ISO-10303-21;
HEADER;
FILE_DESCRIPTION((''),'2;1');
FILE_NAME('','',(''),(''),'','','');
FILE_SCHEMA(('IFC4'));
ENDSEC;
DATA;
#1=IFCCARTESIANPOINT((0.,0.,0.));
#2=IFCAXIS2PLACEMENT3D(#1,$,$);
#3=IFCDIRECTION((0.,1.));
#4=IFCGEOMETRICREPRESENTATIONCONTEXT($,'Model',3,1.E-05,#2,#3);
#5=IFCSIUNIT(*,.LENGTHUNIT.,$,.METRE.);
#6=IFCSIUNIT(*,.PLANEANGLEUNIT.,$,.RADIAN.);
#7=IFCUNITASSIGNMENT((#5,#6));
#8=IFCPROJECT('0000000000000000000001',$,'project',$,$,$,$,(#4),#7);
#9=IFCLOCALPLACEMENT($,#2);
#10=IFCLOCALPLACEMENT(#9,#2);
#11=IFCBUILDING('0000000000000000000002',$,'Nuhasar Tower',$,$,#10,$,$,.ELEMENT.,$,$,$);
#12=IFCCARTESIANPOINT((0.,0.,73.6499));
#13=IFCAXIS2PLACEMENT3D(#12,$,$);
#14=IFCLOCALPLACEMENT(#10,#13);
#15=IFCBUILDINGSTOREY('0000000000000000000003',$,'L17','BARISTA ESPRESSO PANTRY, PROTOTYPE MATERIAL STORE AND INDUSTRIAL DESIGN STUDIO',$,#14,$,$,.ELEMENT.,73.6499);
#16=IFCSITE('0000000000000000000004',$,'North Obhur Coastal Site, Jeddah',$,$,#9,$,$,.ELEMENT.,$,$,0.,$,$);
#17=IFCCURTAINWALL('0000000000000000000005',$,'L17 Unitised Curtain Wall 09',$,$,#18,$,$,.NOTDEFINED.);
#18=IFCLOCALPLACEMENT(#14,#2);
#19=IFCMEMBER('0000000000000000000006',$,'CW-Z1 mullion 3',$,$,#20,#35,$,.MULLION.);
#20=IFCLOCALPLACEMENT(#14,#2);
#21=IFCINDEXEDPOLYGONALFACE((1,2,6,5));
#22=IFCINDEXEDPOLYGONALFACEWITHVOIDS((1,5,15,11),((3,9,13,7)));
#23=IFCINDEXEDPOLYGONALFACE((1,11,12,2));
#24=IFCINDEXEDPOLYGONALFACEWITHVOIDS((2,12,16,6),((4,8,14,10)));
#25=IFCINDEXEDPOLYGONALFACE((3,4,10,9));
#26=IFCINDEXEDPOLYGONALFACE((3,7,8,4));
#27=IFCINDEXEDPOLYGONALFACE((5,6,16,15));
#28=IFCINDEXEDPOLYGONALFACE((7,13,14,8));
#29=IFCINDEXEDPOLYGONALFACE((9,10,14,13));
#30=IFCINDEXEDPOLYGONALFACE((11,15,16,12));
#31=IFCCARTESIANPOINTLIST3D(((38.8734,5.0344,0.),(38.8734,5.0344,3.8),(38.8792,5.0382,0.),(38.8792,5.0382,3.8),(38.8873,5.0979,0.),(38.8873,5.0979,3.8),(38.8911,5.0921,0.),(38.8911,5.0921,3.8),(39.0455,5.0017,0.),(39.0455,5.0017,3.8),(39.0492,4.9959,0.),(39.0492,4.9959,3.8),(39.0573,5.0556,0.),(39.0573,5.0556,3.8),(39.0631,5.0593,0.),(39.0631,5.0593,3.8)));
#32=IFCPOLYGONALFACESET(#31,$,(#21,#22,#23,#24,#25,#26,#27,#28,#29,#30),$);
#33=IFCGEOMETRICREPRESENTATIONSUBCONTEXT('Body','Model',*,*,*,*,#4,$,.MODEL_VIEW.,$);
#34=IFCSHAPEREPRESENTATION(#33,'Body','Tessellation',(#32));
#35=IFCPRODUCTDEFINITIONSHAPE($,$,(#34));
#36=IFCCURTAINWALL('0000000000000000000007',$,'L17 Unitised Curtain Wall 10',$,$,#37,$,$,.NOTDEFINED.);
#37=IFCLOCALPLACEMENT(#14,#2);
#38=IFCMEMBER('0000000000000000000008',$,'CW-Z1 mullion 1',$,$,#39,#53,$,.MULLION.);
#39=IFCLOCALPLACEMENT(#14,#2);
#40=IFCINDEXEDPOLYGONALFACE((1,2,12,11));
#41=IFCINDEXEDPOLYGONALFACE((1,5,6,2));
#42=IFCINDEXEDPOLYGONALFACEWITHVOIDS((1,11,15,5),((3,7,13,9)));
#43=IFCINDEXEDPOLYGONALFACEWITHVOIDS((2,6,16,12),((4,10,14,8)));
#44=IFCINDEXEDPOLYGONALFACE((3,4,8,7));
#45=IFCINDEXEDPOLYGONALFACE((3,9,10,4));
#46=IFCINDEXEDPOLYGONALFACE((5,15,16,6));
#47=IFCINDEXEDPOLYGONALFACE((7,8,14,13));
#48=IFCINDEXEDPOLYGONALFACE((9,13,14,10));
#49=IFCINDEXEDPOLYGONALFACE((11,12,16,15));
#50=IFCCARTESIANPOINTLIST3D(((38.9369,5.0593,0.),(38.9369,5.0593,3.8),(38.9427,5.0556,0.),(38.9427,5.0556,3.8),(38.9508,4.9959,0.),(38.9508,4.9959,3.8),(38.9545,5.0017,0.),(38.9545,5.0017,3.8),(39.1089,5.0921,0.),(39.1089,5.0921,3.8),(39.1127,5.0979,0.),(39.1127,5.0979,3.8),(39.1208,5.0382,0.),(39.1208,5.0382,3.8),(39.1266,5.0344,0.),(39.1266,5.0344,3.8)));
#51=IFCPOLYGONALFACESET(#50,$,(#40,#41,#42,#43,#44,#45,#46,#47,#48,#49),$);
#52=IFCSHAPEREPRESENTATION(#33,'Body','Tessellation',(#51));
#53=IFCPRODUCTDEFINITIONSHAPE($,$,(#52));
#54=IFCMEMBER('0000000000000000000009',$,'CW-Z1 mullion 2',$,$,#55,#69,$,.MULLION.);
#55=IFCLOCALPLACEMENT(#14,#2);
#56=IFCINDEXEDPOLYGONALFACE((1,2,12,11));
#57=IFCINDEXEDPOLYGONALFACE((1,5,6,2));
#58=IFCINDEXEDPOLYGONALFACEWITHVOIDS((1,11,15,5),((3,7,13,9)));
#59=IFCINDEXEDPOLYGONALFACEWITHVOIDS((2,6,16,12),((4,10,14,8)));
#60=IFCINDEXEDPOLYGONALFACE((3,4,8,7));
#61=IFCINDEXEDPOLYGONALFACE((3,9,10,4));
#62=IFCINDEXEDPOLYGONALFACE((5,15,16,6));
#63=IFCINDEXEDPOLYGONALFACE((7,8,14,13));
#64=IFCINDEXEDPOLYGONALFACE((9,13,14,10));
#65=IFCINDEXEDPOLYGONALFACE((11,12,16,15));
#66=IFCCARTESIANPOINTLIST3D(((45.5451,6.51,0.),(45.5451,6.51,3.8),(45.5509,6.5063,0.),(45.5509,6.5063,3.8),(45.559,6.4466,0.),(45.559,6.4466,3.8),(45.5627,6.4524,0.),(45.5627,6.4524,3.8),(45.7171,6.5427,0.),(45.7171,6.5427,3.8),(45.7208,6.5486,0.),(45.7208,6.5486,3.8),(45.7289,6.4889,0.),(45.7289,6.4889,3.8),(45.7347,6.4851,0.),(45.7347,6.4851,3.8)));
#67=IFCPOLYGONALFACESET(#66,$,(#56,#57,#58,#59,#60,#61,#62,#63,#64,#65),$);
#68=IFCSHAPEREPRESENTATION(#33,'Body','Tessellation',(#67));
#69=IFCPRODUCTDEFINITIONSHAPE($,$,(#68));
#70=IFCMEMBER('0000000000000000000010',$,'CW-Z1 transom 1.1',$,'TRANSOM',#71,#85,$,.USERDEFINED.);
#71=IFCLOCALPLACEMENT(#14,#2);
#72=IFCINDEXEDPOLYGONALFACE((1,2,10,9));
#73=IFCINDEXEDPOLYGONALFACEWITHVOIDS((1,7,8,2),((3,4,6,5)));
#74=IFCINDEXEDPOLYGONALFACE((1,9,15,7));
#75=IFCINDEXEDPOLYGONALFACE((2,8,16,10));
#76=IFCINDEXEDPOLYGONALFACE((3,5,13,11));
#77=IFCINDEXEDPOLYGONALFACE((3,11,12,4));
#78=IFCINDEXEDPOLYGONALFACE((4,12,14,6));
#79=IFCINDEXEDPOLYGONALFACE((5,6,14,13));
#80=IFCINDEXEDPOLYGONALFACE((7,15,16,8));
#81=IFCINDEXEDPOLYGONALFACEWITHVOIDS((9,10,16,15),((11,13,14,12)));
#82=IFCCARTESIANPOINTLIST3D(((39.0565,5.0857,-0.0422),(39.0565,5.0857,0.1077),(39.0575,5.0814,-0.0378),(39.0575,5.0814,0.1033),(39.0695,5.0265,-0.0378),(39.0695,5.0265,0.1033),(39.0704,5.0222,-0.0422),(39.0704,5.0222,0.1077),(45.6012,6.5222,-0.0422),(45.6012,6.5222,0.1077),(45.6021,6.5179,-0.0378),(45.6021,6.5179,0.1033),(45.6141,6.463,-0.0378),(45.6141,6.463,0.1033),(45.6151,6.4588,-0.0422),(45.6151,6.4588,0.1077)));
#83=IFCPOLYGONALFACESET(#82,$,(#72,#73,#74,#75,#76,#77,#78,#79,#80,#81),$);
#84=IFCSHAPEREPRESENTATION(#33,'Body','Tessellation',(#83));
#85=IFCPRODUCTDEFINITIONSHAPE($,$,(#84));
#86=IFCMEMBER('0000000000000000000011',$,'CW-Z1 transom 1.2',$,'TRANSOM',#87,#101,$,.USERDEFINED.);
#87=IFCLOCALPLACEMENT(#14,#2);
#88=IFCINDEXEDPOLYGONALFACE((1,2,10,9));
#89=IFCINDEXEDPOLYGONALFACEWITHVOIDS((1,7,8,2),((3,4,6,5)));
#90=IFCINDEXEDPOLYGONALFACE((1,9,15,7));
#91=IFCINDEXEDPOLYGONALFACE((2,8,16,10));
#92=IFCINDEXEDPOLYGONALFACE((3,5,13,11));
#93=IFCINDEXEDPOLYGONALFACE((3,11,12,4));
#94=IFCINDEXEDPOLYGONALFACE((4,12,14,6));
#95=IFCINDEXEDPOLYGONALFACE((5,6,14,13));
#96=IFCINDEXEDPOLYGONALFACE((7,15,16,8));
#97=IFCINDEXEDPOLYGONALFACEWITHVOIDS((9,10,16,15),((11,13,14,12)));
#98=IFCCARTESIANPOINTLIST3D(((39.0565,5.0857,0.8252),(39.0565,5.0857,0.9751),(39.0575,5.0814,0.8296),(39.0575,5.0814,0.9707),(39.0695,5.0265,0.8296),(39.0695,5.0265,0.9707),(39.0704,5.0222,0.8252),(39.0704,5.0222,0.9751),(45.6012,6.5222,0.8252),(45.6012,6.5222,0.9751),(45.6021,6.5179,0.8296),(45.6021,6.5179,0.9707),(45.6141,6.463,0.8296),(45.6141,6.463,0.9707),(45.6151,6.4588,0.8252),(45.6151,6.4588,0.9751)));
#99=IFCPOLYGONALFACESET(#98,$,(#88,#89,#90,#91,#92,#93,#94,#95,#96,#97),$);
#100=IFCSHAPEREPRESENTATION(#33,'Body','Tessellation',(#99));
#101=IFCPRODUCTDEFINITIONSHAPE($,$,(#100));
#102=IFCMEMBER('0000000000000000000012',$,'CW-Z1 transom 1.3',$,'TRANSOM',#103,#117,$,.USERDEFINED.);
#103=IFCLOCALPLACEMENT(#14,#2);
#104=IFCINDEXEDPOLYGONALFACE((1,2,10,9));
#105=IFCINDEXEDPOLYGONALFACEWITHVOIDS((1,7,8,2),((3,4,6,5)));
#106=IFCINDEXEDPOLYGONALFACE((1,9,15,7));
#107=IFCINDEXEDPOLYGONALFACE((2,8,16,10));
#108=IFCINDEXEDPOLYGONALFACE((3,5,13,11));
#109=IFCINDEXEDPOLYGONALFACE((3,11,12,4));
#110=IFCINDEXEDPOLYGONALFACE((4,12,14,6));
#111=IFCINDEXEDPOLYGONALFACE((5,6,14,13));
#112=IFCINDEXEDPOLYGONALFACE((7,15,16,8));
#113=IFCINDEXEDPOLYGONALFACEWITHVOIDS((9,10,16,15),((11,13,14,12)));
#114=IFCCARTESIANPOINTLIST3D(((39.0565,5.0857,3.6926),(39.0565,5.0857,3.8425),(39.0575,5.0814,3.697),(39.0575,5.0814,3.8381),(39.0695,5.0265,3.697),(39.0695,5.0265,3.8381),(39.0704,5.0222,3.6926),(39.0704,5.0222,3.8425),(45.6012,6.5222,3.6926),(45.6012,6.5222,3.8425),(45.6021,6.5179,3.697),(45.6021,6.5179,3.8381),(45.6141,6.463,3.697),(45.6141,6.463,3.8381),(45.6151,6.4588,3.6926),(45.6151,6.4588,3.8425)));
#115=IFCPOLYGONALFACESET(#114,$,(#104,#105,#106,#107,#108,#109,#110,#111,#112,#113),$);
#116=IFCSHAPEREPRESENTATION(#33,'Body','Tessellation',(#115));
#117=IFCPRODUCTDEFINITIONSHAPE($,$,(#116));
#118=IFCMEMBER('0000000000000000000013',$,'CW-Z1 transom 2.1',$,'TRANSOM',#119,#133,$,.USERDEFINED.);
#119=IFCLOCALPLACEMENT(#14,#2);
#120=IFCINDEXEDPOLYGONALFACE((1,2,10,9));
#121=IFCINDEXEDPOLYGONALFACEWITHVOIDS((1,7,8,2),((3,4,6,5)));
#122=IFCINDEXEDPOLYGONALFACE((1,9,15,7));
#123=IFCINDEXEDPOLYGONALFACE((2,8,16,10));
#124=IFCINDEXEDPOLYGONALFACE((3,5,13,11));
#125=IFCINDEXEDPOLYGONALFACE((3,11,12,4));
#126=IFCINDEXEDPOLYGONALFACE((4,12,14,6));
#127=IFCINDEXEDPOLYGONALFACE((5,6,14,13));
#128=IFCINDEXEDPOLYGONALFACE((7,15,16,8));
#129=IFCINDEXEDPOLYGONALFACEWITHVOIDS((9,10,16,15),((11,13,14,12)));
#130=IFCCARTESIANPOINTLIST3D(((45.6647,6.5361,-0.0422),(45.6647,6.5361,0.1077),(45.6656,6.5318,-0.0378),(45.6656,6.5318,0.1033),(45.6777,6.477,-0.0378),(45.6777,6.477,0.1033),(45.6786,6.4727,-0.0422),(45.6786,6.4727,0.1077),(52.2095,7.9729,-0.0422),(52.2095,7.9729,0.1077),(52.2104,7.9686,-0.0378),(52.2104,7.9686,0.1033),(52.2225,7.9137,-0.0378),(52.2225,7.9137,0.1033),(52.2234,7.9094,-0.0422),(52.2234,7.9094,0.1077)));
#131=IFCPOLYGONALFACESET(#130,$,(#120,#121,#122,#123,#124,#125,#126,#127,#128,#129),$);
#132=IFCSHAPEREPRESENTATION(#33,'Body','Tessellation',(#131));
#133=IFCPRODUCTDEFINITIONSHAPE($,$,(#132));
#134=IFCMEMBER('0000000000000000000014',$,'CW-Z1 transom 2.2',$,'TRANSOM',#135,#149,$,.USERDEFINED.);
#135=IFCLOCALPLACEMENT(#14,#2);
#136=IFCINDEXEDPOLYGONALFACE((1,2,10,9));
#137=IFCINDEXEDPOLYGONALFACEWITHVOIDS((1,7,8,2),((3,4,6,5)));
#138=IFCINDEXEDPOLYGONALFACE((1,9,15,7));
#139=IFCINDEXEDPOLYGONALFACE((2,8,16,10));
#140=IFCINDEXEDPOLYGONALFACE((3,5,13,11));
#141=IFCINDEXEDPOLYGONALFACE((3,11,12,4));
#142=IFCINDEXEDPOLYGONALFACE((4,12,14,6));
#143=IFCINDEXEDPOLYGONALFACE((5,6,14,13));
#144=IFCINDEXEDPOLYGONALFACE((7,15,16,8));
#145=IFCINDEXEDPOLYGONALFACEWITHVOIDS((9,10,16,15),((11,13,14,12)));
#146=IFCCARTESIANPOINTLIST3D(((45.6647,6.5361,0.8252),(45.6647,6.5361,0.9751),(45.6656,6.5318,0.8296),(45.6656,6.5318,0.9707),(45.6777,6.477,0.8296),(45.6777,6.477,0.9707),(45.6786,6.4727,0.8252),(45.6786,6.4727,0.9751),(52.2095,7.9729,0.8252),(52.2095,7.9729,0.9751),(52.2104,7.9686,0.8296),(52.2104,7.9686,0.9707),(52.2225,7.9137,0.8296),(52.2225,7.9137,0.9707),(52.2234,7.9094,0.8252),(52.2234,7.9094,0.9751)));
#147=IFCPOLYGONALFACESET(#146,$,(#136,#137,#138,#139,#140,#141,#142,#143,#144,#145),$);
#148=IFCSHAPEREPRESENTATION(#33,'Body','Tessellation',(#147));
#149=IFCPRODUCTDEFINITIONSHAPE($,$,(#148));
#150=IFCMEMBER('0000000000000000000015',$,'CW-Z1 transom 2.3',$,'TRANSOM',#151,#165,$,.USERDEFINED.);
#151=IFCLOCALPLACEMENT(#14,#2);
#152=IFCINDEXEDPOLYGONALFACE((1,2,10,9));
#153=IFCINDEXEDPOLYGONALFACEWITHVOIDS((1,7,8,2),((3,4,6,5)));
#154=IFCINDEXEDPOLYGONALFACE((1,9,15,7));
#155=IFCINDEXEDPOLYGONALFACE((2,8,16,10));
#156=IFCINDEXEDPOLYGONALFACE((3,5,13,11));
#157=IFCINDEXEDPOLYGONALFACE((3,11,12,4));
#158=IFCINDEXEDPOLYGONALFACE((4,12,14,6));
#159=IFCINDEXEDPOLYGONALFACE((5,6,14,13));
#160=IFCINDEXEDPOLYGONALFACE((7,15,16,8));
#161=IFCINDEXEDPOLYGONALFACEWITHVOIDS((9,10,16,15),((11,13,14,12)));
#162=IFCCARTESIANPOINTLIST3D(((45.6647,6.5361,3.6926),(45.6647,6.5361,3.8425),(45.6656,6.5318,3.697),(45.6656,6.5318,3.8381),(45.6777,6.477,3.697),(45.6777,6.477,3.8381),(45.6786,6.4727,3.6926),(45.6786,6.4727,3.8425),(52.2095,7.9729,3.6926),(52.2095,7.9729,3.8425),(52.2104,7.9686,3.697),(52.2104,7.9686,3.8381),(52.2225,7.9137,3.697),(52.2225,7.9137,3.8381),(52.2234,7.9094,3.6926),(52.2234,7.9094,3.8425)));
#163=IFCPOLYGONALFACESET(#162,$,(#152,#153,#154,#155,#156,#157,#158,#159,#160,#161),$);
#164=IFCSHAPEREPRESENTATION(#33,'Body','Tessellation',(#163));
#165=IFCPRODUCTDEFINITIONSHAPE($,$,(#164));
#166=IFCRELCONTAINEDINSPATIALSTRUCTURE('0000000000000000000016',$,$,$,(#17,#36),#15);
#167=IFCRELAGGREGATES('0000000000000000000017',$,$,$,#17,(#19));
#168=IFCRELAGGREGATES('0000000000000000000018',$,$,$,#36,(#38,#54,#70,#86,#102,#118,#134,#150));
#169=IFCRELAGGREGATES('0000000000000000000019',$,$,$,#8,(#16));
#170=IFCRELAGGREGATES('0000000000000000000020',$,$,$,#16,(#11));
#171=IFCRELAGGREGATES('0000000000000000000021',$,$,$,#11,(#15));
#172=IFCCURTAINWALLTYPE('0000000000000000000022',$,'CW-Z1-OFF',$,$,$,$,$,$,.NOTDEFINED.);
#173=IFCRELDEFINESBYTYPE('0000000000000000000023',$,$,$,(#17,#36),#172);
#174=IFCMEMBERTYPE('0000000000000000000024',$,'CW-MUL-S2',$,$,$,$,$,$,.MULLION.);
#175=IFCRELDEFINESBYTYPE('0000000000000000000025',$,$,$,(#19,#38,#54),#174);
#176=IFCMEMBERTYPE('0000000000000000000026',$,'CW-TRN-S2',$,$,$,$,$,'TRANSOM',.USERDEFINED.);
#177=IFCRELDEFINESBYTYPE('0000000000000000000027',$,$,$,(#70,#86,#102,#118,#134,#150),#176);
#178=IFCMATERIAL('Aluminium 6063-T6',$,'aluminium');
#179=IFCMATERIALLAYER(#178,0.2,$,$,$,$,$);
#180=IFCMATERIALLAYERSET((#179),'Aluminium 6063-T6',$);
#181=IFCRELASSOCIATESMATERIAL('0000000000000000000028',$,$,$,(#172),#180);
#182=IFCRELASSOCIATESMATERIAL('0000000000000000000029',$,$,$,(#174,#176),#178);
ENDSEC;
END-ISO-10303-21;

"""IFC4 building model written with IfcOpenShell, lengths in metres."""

from ifc_helpers import new_model, si_unit, direction, frame, origin, origin_2d, place, context, subcontext, project, spatial, hollow_rectangle, extrude, material, layer, layer_set, material_profile, profile_set, type_object, element, aggregate, save


model = new_model("IFC4")

# Units and contexts
model_context = context("Model", 3, precision=1e-05, world=origin(), true_north=direction((0.0, 1.0)))
body_context = subcontext(model_context, "Body", "Model", "MODEL_VIEW")
ifc_project = project(units=[si_unit("LENGTHUNIT", "METRE"), si_unit("PLANEANGLEUNIT", "RADIAN")], contexts=[model_context])

# Site, building, storey
site_placement = place(None, origin())
site = spatial("IfcSite", under=ifc_project, at=site_placement, Name="North Obhur Coastal Site, Jeddah", CompositionType="ELEMENT", RefElevation=0.0)
building_placement = place(site_placement, origin())
building = spatial("IfcBuilding", under=site, at=building_placement, Name="Nuhasar Tower", CompositionType="ELEMENT")
storey_placement = place(building_placement, frame((0.0, 0.0, 73.6499)))
storey = spatial("IfcBuildingStorey", under=building, at=storey_placement, Name="L17", Description="BARISTA ESPRESSO PANTRY, PROTOTYPE MATERIAL STORE AND INDUSTRIAL DESIGN STUDIO", CompositionType="ELEMENT", Elevation=73.6499)

# Curtain wall, member
ifc_material_1 = material(Name="Aluminium 6063-T6", Category="aluminium")
ifc_layer_1 = layer(ifc_material_1, 0.2)
ifc_layer_set_1 = layer_set([ifc_layer_1], Name="Aluminium 6063-T6")
curtain_wall_type = type_object("IfcCurtainWallType", Name="CW-Z1-OFF", PredefinedType="NOTDEFINED", material=ifc_layer_set_1)
curtain_wall_1_placement = place(storey_placement, origin())
curtain_wall_1 = element("IfcCurtainWall", 1, at=curtain_wall_1_placement, inside=storey, type_object=curtain_wall_type, Name="L17 Unitised Curtain Wall 09", PredefinedType="NOTDEFINED")
ifc_material_profile_1 = material_profile(ifc_material_1, hollow_rectangle(XDim=0.0649, YDim=0.1799, WallThickness=0.0049, at=origin_2d()), Name="CWM-2")
ifc_profile_set_1 = profile_set([ifc_material_profile_1], Name="Aluminium 6063-T6")
member_type_1 = type_object("IfcMemberType", Name="CW-MUL-S2", PredefinedType="MULLION", material=ifc_profile_set_1)
member_1_placement = place(storey_placement, frame((38.9683, 5.0469, 0.0), z_axis=(0.0, 0.0, 1.0), x_axis=(0.214399, 0.976746, 0.0)))
member_1 = element("IfcMember", 2, at=member_1_placement, type_object=member_type_1, Name="CW-Z1 mullion 3", PredefinedType="MULLION", context=body_context, shape_type="SweptSolid", body=[
    extrude(hollow_rectangle(XDim=0.0649, YDim=0.1799, WallThickness=0.0049, at=origin_2d()), origin(), (0.0, 0.0, 1.0), 3.8),
])
aggregate(curtain_wall_1, [member_1])

# Curtain wall, members
curtain_wall_2_placement = place(storey_placement, origin())
curtain_wall_2 = element("IfcCurtainWall", 3, at=curtain_wall_2_placement, inside=storey, type_object=curtain_wall_type, Name="L17 Unitised Curtain Wall 10", PredefinedType="NOTDEFINED")
member_2_placement = place(storey_placement, frame((39.0317, 5.0469, 0.0), z_axis=(0.0, 0.0, 1.0), x_axis=(-0.214399, 0.976746, 0.0)))
member_2 = element("IfcMember", 4, at=member_2_placement, type_object=member_type_1, Name="CW-Z1 mullion 1", PredefinedType="MULLION", context=body_context, shape_type="SweptSolid", body=[
    extrude(hollow_rectangle(XDim=0.0649, YDim=0.1799, WallThickness=0.0049, at=origin_2d()), origin(), (0.0, 0.0, 1.0), 3.8),
])
member_3_placement = place(storey_placement, frame((45.6399, 6.4976, 0.0), z_axis=(0.0, 0.0, 1.0), x_axis=(-0.214399, 0.976746, 0.0)))
member_3 = element("IfcMember", 5, at=member_3_placement, type_object=member_type_1, Name="CW-Z1 mullion 2", PredefinedType="MULLION", context=body_context, shape_type="SweptSolid", body=[
    extrude(hollow_rectangle(XDim=0.0649, YDim=0.1799, WallThickness=0.0049, at=origin_2d()), origin(), (0.0, 0.0, 1.0), 3.8),
])
ifc_material_profile_2 = material_profile(ifc_material_1, hollow_rectangle(XDim=0.0649, YDim=0.1499, WallThickness=0.0044, at=origin_2d()), Name="CWT-2")
ifc_profile_set_2 = profile_set([ifc_material_profile_2], Name="Aluminium 6063-T6")
member_type_2 = type_object("IfcMemberType", Name="CW-TRN-S2", ElementType="TRANSOM", PredefinedType="USERDEFINED", material=ifc_profile_set_2)
member_4_placement = place(storey_placement, frame((39.0635, 5.054, 0.0327), z_axis=(0.976748, 0.214391, 0.0), x_axis=(-0.214391, 0.976748, 0.0)))
member_4 = element("IfcMember", 6, at=member_4_placement, type_object=member_type_2, Name="CW-Z1 transom 1.1", ObjectType="TRANSOM", PredefinedType="USERDEFINED", context=body_context, shape_type="SweptSolid", body=[
    extrude(hollow_rectangle(XDim=0.0649, YDim=0.1499, WallThickness=0.0044, at=origin_2d()), origin(), (0.0, 0.0, 1.0), 6.7004),
])
member_5_placement = place(storey_placement, frame((39.0635, 5.054, 0.9001), z_axis=(0.976748, 0.214391, 0.0), x_axis=(-0.214391, 0.976748, 0.0)))
member_5 = element("IfcMember", 7, at=member_5_placement, type_object=member_type_2, Name="CW-Z1 transom 1.2", ObjectType="TRANSOM", PredefinedType="USERDEFINED", context=body_context, shape_type="SweptSolid", body=[
    extrude(hollow_rectangle(XDim=0.0649, YDim=0.1499, WallThickness=0.0044, at=origin_2d()), origin(), (0.0, 0.0, 1.0), 6.7004),
])
member_6_placement = place(storey_placement, frame((39.0635, 5.054, 3.7676), z_axis=(0.976748, 0.214391, 0.0), x_axis=(-0.214391, 0.976748, 0.0)))
member_6 = element("IfcMember", 8, at=member_6_placement, type_object=member_type_2, Name="CW-Z1 transom 1.3", ObjectType="TRANSOM", PredefinedType="USERDEFINED", context=body_context, shape_type="SweptSolid", body=[
    extrude(hollow_rectangle(XDim=0.0649, YDim=0.1499, WallThickness=0.0044, at=origin_2d()), origin(), (0.0, 0.0, 1.0), 6.7004),
])
member_7_placement = place(storey_placement, frame((45.6716, 6.5044, 0.0327), z_axis=(0.976742, 0.214418, 0.0), x_axis=(-0.214418, 0.976742, 0.0)))
member_7 = element("IfcMember", 9, at=member_7_placement, type_object=member_type_2, Name="CW-Z1 transom 2.1", ObjectType="TRANSOM", PredefinedType="USERDEFINED", context=body_context, shape_type="SweptSolid", body=[
    extrude(hollow_rectangle(XDim=0.0649, YDim=0.1499, WallThickness=0.0044, at=origin_2d()), origin(), (0.0, 0.0, 1.0), 6.7007),
])
member_8_placement = place(storey_placement, frame((45.6716, 6.5044, 0.9001), z_axis=(0.976742, 0.214418, 0.0), x_axis=(-0.214418, 0.976742, 0.0)))
member_8 = element("IfcMember", 10, at=member_8_placement, type_object=member_type_2, Name="CW-Z1 transom 2.2", ObjectType="TRANSOM", PredefinedType="USERDEFINED", context=body_context, shape_type="SweptSolid", body=[
    extrude(hollow_rectangle(XDim=0.0649, YDim=0.1499, WallThickness=0.0044, at=origin_2d()), origin(), (0.0, 0.0, 1.0), 6.7007),
])
member_9_placement = place(storey_placement, frame((45.6716, 6.5044, 3.7676), z_axis=(0.976742, 0.214418, 0.0), x_axis=(-0.214418, 0.976742, 0.0)))
member_9 = element("IfcMember", 11, at=member_9_placement, type_object=member_type_2, Name="CW-Z1 transom 2.3", ObjectType="TRANSOM", PredefinedType="USERDEFINED", context=body_context, shape_type="SweptSolid", body=[
    extrude(hollow_rectangle(XDim=0.0649, YDim=0.1499, WallThickness=0.0044, at=origin_2d()), origin(), (0.0, 0.0, 1.0), 6.7007),
])

aggregate(curtain_wall_2, [member_2, member_3, member_4, member_5, member_6, member_7, member_8, member_9])

save(model, "model.ifc")
